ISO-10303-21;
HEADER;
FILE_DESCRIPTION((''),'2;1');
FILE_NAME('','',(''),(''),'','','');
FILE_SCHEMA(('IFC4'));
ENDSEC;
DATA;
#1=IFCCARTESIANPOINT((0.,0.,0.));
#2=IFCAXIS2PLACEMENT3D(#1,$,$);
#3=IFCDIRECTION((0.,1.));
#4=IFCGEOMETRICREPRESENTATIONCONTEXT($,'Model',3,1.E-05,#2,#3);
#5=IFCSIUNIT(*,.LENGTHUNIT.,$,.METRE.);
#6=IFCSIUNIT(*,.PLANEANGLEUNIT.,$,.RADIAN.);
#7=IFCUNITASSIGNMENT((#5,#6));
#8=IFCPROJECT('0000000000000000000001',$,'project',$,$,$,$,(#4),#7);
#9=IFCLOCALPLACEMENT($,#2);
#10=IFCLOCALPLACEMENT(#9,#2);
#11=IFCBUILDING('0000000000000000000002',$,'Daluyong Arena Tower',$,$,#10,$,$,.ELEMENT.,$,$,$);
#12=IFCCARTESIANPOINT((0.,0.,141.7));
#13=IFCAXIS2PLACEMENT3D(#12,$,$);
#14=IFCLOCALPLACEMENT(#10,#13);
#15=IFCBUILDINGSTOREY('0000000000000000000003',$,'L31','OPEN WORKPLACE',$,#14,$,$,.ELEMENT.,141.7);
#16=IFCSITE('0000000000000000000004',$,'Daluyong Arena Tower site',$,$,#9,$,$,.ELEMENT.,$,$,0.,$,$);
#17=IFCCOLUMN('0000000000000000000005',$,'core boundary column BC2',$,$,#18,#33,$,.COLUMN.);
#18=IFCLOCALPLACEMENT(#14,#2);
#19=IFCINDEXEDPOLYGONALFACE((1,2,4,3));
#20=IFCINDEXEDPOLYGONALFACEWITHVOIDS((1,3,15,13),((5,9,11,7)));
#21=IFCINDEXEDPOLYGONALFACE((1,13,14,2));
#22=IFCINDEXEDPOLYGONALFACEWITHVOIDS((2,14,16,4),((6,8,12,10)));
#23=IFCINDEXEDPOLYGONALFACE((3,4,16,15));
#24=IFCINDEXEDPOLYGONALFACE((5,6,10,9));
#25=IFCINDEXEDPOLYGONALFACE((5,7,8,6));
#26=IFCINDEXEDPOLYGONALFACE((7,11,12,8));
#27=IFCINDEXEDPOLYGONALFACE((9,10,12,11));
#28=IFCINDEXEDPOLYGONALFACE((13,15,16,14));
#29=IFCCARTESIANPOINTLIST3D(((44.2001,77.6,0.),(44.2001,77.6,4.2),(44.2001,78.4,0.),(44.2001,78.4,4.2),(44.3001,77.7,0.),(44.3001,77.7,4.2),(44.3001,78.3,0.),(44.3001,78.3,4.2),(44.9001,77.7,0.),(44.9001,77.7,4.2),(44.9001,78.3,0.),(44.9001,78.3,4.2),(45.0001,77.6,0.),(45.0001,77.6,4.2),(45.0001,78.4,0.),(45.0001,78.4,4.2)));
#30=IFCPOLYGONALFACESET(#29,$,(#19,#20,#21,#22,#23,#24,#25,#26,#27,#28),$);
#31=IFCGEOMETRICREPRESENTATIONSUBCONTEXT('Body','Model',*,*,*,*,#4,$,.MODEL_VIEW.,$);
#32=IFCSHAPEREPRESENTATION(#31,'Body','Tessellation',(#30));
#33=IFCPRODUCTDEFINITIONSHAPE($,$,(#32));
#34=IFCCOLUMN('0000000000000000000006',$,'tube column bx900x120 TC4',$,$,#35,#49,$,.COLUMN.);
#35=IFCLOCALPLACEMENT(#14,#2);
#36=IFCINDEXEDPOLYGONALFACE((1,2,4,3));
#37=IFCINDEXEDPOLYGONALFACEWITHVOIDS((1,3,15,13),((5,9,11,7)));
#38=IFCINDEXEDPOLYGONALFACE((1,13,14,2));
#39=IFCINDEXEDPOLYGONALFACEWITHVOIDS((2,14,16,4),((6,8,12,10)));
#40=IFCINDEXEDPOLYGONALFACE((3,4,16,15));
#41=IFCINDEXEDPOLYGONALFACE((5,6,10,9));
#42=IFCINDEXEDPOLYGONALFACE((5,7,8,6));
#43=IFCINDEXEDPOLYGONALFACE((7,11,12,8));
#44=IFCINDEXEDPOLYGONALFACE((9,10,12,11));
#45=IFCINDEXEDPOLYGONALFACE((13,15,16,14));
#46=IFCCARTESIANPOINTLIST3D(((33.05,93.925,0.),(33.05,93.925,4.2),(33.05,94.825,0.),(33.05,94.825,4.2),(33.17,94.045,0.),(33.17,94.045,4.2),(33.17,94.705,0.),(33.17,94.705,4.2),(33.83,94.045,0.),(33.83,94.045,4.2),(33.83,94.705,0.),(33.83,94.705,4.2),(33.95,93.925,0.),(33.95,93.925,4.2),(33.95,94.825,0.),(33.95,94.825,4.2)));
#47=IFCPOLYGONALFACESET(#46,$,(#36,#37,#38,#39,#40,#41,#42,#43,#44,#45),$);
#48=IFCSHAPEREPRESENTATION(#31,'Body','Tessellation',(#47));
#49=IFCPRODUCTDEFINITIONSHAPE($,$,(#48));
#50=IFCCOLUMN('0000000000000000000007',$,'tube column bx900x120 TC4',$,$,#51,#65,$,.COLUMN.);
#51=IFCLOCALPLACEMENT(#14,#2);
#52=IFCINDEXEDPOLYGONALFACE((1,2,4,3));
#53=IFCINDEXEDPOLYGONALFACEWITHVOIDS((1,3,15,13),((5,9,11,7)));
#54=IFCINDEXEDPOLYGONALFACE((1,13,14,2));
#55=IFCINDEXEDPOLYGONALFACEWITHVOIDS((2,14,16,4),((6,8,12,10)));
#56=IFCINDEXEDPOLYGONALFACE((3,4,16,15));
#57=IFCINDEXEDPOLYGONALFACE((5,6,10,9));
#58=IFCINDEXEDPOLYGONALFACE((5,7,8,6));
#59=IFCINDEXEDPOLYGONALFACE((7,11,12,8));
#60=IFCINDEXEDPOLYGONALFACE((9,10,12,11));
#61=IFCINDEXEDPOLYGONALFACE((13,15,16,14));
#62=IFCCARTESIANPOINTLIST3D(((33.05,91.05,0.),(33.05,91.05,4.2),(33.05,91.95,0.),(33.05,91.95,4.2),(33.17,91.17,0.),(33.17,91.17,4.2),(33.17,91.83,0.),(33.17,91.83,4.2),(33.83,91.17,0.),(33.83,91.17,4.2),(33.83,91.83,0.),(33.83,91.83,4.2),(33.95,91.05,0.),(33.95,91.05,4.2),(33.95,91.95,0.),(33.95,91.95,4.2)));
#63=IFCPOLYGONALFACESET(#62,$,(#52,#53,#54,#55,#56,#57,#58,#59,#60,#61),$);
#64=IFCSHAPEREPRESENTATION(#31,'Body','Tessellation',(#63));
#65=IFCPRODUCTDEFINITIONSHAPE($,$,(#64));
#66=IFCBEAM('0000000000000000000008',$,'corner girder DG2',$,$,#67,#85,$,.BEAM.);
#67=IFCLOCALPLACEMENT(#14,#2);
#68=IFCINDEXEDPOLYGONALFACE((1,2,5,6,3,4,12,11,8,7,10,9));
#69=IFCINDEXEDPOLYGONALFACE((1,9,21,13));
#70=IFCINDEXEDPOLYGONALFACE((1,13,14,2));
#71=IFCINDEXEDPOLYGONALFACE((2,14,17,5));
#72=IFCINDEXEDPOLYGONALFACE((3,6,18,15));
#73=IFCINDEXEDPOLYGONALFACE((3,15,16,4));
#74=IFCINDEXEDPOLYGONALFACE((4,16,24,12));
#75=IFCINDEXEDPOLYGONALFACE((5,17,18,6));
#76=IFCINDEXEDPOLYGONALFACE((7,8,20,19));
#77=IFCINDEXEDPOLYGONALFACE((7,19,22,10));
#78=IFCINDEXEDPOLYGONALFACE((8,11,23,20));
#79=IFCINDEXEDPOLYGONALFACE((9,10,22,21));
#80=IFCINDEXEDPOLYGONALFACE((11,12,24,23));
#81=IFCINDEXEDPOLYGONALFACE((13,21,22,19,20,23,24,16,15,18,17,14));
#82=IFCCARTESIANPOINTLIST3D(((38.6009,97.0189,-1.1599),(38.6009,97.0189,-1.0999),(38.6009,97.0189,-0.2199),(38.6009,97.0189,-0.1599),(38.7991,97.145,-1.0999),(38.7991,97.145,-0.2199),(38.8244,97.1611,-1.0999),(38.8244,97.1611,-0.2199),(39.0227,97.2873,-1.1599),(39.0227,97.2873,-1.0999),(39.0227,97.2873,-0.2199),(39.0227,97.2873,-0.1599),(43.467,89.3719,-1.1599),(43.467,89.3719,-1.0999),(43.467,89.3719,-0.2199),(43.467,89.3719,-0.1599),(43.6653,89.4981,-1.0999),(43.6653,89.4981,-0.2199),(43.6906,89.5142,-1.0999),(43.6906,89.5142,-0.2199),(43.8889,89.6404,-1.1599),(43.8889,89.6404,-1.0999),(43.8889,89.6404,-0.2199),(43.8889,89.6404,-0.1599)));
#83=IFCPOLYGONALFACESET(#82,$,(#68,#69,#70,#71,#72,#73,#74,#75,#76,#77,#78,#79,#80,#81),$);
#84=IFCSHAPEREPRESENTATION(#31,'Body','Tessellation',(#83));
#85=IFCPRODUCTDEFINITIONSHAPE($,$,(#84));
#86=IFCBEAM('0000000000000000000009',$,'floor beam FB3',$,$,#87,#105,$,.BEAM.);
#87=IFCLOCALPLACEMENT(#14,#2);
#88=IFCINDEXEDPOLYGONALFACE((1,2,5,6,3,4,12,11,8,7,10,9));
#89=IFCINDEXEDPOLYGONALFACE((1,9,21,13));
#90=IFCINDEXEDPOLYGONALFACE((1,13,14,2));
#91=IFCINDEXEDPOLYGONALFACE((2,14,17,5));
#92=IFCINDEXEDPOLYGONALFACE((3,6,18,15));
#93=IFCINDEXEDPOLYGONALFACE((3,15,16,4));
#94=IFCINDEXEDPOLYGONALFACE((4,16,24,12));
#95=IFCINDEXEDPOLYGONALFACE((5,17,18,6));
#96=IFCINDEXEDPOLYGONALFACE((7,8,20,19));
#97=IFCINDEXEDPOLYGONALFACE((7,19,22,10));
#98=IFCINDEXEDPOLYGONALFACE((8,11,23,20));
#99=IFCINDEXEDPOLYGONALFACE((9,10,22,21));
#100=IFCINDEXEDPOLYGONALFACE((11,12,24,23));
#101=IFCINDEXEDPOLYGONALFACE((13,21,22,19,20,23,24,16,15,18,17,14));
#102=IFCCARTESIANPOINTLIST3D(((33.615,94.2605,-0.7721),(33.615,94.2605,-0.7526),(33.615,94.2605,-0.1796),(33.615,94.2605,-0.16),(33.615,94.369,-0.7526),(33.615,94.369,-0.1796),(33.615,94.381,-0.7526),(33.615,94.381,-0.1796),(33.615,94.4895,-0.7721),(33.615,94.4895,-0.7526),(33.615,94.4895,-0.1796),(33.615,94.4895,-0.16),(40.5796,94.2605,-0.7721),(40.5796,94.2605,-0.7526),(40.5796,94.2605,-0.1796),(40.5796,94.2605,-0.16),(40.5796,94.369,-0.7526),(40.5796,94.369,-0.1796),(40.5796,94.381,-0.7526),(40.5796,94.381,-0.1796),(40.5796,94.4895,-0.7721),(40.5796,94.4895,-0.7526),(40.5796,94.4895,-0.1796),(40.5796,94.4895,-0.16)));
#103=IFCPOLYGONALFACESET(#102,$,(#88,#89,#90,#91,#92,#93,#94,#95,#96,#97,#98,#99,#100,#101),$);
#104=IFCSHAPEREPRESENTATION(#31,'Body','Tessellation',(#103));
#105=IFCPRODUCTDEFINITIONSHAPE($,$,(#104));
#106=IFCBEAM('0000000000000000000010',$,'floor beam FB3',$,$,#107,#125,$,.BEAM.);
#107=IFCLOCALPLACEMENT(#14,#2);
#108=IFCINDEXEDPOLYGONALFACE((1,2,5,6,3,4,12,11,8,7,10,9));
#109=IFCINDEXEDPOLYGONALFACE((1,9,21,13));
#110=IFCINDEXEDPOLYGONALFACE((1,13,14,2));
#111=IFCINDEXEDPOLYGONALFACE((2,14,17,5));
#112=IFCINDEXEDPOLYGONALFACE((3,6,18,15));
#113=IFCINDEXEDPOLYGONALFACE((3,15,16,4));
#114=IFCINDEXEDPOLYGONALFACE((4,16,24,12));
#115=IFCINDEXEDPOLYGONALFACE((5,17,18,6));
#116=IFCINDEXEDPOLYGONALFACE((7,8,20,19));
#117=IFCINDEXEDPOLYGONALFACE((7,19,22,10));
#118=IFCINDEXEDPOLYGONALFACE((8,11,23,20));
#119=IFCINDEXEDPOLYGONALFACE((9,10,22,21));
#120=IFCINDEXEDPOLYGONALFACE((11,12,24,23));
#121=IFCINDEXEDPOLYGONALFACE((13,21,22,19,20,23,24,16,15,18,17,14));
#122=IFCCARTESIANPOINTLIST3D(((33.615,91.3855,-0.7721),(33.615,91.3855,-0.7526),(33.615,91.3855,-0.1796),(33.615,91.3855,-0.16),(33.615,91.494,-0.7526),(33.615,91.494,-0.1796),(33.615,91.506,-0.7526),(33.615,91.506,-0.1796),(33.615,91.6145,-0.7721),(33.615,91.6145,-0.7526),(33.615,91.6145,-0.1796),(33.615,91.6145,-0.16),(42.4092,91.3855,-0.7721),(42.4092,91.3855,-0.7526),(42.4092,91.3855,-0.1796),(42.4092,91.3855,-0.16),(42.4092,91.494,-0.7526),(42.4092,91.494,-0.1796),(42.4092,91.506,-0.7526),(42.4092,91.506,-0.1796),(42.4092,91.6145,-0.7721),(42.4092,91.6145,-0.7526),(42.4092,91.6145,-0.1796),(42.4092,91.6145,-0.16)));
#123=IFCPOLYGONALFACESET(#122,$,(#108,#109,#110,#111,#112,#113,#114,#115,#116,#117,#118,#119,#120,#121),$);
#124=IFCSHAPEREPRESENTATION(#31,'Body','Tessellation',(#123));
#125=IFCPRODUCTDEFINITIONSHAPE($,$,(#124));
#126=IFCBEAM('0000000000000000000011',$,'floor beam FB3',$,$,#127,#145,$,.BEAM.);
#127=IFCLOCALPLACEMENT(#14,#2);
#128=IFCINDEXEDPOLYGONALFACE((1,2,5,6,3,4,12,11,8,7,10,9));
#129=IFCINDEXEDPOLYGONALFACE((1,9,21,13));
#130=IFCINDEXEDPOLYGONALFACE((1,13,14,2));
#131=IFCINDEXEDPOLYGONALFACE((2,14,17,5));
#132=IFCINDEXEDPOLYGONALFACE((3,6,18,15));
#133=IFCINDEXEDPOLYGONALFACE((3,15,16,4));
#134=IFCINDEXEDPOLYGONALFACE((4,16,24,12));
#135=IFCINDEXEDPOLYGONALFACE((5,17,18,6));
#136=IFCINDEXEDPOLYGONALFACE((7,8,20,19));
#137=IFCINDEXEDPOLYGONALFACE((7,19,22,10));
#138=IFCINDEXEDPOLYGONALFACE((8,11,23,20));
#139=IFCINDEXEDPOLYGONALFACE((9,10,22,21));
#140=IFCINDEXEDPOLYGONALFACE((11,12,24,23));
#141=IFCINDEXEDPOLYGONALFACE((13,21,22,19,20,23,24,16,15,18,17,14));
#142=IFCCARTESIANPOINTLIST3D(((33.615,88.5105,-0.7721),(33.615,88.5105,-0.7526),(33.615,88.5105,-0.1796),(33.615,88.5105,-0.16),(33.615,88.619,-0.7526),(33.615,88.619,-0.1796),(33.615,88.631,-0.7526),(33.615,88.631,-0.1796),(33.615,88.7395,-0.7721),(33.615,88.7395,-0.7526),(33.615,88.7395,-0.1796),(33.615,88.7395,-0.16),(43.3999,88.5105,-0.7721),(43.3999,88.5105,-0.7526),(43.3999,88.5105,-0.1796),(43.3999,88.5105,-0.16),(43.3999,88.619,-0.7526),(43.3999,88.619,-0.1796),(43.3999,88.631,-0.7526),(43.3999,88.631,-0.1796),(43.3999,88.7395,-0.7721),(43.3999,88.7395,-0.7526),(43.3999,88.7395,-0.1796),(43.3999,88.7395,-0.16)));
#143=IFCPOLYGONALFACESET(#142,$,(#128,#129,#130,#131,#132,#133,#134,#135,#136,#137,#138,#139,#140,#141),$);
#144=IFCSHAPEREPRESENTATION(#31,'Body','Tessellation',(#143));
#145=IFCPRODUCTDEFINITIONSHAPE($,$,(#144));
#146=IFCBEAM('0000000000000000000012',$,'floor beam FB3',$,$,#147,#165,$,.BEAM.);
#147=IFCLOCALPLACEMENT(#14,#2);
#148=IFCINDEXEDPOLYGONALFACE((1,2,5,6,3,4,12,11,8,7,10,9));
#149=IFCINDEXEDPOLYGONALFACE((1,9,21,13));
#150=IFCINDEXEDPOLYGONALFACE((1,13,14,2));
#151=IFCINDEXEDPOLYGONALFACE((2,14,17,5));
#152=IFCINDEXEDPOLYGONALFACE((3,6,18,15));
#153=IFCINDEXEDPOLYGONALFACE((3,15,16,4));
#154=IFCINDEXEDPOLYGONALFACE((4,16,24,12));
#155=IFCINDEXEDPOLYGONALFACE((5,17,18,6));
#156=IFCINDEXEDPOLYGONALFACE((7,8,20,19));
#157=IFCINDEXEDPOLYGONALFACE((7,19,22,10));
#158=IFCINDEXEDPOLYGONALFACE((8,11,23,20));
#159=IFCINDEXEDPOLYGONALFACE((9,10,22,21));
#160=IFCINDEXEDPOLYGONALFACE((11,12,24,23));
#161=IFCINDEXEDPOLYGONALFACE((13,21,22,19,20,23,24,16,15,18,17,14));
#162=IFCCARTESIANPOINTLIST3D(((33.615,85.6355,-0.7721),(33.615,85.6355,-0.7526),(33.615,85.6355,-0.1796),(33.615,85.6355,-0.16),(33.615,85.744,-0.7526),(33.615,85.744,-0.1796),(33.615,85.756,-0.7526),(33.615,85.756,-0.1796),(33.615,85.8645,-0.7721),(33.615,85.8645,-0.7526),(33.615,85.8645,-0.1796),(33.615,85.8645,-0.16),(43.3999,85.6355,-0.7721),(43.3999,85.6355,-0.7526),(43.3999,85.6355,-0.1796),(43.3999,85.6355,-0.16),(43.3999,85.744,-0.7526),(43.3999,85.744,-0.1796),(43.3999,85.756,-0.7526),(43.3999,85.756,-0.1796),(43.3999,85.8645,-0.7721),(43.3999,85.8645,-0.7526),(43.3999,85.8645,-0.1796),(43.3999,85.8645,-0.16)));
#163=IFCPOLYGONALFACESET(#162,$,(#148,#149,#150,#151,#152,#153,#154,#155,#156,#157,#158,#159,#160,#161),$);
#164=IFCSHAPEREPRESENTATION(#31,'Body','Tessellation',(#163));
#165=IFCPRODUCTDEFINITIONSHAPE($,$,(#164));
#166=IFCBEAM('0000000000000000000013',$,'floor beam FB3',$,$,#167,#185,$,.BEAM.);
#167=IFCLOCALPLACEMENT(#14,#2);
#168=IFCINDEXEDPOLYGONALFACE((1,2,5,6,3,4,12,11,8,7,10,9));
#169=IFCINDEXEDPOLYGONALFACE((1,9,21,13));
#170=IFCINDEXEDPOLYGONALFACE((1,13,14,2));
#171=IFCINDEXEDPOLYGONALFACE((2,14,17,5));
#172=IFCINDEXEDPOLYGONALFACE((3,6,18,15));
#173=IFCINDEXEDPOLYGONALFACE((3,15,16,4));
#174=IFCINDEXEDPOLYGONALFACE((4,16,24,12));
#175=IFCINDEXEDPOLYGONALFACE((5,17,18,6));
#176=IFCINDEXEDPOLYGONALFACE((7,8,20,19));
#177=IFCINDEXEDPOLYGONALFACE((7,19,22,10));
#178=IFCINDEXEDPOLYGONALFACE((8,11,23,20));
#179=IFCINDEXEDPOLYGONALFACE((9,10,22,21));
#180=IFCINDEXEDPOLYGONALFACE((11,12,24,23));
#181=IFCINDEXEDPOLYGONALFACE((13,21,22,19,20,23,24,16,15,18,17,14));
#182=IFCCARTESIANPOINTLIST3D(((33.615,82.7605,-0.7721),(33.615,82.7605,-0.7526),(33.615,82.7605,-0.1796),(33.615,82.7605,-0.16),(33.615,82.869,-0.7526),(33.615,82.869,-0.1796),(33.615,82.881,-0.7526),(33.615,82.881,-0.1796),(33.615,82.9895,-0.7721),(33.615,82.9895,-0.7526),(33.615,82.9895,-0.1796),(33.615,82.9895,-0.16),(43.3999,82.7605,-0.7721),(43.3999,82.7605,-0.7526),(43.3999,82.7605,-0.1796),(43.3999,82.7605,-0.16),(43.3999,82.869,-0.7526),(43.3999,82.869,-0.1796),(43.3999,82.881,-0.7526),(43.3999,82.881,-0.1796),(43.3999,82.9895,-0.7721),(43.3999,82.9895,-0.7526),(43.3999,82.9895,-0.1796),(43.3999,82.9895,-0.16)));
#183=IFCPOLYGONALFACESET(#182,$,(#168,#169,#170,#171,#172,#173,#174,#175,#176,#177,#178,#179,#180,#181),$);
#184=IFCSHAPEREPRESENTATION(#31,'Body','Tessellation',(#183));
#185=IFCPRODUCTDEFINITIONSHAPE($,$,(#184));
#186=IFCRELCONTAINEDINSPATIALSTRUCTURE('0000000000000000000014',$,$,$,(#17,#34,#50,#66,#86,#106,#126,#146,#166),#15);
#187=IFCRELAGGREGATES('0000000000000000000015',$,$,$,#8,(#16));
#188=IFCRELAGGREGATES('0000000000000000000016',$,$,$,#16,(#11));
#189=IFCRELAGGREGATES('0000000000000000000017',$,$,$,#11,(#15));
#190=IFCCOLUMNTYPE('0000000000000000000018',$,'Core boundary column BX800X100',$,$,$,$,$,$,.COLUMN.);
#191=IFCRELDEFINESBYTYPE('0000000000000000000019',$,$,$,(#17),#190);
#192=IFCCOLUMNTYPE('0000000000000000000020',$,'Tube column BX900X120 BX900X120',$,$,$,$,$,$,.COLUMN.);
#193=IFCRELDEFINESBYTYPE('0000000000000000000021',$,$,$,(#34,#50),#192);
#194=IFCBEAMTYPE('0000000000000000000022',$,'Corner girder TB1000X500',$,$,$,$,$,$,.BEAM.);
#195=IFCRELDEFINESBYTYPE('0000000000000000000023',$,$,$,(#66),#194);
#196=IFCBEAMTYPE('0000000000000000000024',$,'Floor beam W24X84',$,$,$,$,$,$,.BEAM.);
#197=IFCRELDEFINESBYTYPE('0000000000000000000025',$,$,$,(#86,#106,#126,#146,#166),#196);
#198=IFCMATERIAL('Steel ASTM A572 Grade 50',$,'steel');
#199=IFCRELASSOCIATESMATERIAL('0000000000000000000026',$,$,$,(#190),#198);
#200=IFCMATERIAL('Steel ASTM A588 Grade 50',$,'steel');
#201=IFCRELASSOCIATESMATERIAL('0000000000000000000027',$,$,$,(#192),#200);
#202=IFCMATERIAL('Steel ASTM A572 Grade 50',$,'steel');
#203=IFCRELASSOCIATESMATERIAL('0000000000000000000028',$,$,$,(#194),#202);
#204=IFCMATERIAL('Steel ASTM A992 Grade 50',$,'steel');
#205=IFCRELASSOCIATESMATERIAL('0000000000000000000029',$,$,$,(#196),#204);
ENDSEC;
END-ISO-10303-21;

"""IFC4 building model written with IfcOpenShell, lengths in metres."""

from ifc_helpers import new_model, si_unit, direction, frame, origin, origin_2d, place, context, subcontext, project, spatial, hollow_rectangle, i_section, extrude, material, material_profile, profile_set, type_object, element, save


model = new_model("IFC4")

# Units and contexts
model_context = context("Model", 3, precision=1e-05, world=origin(), true_north=direction((0.0, 1.0)))
body_context = subcontext(model_context, "Body", "Model", "MODEL_VIEW")
ifc_project = project(units=[si_unit("LENGTHUNIT", "METRE"), si_unit("PLANEANGLEUNIT", "RADIAN")], contexts=[model_context])

# Site, building, storey
site_placement = place(None, origin())
site = spatial("IfcSite", under=ifc_project, at=site_placement, Name="Daluyong Arena Tower site", CompositionType="ELEMENT", RefElevation=0.0)
building_placement = place(site_placement, origin())
building = spatial("IfcBuilding", under=site, at=building_placement, Name="Daluyong Arena Tower", CompositionType="ELEMENT")
storey_placement = place(building_placement, frame((0.0, 0.0, 141.7)))
storey = spatial("IfcBuildingStorey", under=building, at=storey_placement, Name="L31", Description="OPEN WORKPLACE", CompositionType="ELEMENT", Elevation=141.7)

# Columns
ifc_material_1 = material(Name="Steel ASTM A572 Grade 50", Category="steel")
ifc_material_profile_1 = material_profile(ifc_material_1, hollow_rectangle(XDim=0.8, YDim=0.8, WallThickness=0.1, at=origin_2d()))
ifc_profile_set_1 = profile_set([ifc_material_profile_1], Name="Steel ASTM A572 Grade 50")
column_type_1 = type_object("IfcColumnType", Name="Core boundary column BX800X100", PredefinedType="COLUMN", material=ifc_profile_set_1)
column_placement = place(storey_placement, frame((44.6001, 78.0, 0.0), z_axis=(0.0, 0.0, 1.0), x_axis=(1.0, 0.0, 0.0)))
element("IfcColumn", 1, at=column_placement, inside=storey, type_object=column_type_1, Name="core boundary column BC2", PredefinedType="COLUMN", context=body_context, shape_type="SweptSolid", body=[
    extrude(hollow_rectangle(XDim=0.8, YDim=0.8, WallThickness=0.1, at=origin_2d()), origin(), (0.0, 0.0, 1.0), 4.2),
])
ifc_material_2 = material(Name="Steel ASTM A588 Grade 50", Category="steel")
ifc_material_profile_2 = material_profile(ifc_material_2, hollow_rectangle(XDim=0.8999, YDim=0.8999, WallThickness=0.12, at=origin_2d()))
ifc_profile_set_2 = profile_set([ifc_material_profile_2], Name="Steel ASTM A588 Grade 50")
column_type_2 = type_object("IfcColumnType", Name="Tube column BX900X120 BX900X120", PredefinedType="COLUMN", material=ifc_profile_set_2)
for number, where, z_axis, x_axis, name in (
    (2, (33.5, 94.375, 0.0), (0.0, 0.0, 1.0), (0.0, 1.0, 0.0), "tube column bx900x120 TC4"),
    (3, (33.5, 91.5, 0.0), (0.0, 0.0, 1.0), (0.0, 1.0, 0.0), "tube column bx900x120 TC4"),
):
    element("IfcColumn", number, at=place(storey_placement, frame(where, z_axis=z_axis, x_axis=x_axis)), inside=storey, type_object=column_type_2, Name=name, PredefinedType="COLUMN", context=body_context, shape_type="SweptSolid", body=[
        extrude(hollow_rectangle(XDim=0.8999, YDim=0.8999, WallThickness=0.12, at=origin_2d()), origin(), (0.0, 0.0, 1.0), 4.2),
    ])

# Beams
ifc_material_3 = material(Name="Steel ASTM A572 Grade 50", Category="steel")
ifc_material_profile_3 = material_profile(ifc_material_3, i_section(OverallWidth=0.5, OverallDepth=1.0, WebThickness=0.03, FlangeThickness=0.06, at=origin_2d()))
ifc_profile_set_3 = profile_set([ifc_material_profile_3], Name="Steel ASTM A572 Grade 50")
beam_type_1 = type_object("IfcBeamType", Name="Corner girder TB1000X500", PredefinedType="BEAM", material=ifc_profile_set_3)
beam_1_placement = place(storey_placement, frame((38.8118, 97.1531, -0.6599), z_axis=(0.536872, -0.843664, 0.0), x_axis=(0.843664, 0.536872, 0.0)))
element("IfcBeam", 4, at=beam_1_placement, inside=storey, type_object=beam_type_1, Name="corner girder DG2", PredefinedType="BEAM", context=body_context, shape_type="SweptSolid", body=[
    extrude(i_section(OverallWidth=0.5, OverallDepth=1.0, WebThickness=0.03, FlangeThickness=0.06, at=origin_2d()), origin(), (0.0, 0.0, 1.0), 9.064),
])
ifc_material_4 = material(Name="Steel ASTM A992 Grade 50", Category="steel")
ifc_material_profile_4 = material_profile(ifc_material_4, i_section(OverallWidth=0.229, OverallDepth=0.6121, WebThickness=0.012, FlangeThickness=0.0195, at=origin_2d()))
ifc_profile_set_4 = profile_set([ifc_material_profile_4], Name="Steel ASTM A992 Grade 50")
beam_type_2 = type_object("IfcBeamType", Name="Floor beam W24X84", PredefinedType="BEAM", material=ifc_profile_set_4)
beam_2_placement = place(storey_placement, frame((33.615, 94.375, -0.4661), z_axis=(1.0, 0.0, 0.0), x_axis=(0.0, 1.0, 0.0)))
element("IfcBeam", 5, at=beam_2_placement, inside=storey, type_object=beam_type_2, Name="floor beam FB3", PredefinedType="BEAM", context=body_context, shape_type="SweptSolid", body=[
    extrude(i_section(OverallWidth=0.229, OverallDepth=0.6121, WebThickness=0.012, FlangeThickness=0.0195, at=origin_2d()), origin(), (0.0, 0.0, 1.0), 6.9646),
])
beam_3_placement = place(storey_placement, frame((33.615, 91.5, -0.4661), z_axis=(1.0, 0.0, 0.0), x_axis=(0.0, 1.0, 0.0)))
element("IfcBeam", 6, at=beam_3_placement, inside=storey, type_object=beam_type_2, Name="floor beam FB3", PredefinedType="BEAM", context=body_context, shape_type="SweptSolid", body=[
    extrude(i_section(OverallWidth=0.229, OverallDepth=0.6121, WebThickness=0.012, FlangeThickness=0.0195, at=origin_2d()), origin(), (0.0, 0.0, 1.0), 8.7942),
])
for number, where, z_axis, x_axis, name in (
    (7, (33.615, 88.625, -0.4661), (1.0, 0.0, 0.0), (0.0, 1.0, 0.0), "floor beam FB3"),
    (8, (33.615, 85.75, -0.4661), (1.0, 0.0, 0.0), (0.0, 1.0, 0.0), "floor beam FB3"),
    (9, (33.615, 82.875, -0.4661), (1.0, 0.0, 0.0), (0.0, 1.0, 0.0), "floor beam FB3"),
):
    element("IfcBeam", number, at=place(storey_placement, frame(where, z_axis=z_axis, x_axis=x_axis)), inside=storey, type_object=beam_type_2, Name=name, PredefinedType="BEAM", context=body_context, shape_type="SweptSolid", body=[
        extrude(i_section(OverallWidth=0.229, OverallDepth=0.6121, WebThickness=0.012, FlangeThickness=0.0195, at=origin_2d()), origin(), (0.0, 0.0, 1.0), 9.7849),
    ])

save(model, "model.ifc")
